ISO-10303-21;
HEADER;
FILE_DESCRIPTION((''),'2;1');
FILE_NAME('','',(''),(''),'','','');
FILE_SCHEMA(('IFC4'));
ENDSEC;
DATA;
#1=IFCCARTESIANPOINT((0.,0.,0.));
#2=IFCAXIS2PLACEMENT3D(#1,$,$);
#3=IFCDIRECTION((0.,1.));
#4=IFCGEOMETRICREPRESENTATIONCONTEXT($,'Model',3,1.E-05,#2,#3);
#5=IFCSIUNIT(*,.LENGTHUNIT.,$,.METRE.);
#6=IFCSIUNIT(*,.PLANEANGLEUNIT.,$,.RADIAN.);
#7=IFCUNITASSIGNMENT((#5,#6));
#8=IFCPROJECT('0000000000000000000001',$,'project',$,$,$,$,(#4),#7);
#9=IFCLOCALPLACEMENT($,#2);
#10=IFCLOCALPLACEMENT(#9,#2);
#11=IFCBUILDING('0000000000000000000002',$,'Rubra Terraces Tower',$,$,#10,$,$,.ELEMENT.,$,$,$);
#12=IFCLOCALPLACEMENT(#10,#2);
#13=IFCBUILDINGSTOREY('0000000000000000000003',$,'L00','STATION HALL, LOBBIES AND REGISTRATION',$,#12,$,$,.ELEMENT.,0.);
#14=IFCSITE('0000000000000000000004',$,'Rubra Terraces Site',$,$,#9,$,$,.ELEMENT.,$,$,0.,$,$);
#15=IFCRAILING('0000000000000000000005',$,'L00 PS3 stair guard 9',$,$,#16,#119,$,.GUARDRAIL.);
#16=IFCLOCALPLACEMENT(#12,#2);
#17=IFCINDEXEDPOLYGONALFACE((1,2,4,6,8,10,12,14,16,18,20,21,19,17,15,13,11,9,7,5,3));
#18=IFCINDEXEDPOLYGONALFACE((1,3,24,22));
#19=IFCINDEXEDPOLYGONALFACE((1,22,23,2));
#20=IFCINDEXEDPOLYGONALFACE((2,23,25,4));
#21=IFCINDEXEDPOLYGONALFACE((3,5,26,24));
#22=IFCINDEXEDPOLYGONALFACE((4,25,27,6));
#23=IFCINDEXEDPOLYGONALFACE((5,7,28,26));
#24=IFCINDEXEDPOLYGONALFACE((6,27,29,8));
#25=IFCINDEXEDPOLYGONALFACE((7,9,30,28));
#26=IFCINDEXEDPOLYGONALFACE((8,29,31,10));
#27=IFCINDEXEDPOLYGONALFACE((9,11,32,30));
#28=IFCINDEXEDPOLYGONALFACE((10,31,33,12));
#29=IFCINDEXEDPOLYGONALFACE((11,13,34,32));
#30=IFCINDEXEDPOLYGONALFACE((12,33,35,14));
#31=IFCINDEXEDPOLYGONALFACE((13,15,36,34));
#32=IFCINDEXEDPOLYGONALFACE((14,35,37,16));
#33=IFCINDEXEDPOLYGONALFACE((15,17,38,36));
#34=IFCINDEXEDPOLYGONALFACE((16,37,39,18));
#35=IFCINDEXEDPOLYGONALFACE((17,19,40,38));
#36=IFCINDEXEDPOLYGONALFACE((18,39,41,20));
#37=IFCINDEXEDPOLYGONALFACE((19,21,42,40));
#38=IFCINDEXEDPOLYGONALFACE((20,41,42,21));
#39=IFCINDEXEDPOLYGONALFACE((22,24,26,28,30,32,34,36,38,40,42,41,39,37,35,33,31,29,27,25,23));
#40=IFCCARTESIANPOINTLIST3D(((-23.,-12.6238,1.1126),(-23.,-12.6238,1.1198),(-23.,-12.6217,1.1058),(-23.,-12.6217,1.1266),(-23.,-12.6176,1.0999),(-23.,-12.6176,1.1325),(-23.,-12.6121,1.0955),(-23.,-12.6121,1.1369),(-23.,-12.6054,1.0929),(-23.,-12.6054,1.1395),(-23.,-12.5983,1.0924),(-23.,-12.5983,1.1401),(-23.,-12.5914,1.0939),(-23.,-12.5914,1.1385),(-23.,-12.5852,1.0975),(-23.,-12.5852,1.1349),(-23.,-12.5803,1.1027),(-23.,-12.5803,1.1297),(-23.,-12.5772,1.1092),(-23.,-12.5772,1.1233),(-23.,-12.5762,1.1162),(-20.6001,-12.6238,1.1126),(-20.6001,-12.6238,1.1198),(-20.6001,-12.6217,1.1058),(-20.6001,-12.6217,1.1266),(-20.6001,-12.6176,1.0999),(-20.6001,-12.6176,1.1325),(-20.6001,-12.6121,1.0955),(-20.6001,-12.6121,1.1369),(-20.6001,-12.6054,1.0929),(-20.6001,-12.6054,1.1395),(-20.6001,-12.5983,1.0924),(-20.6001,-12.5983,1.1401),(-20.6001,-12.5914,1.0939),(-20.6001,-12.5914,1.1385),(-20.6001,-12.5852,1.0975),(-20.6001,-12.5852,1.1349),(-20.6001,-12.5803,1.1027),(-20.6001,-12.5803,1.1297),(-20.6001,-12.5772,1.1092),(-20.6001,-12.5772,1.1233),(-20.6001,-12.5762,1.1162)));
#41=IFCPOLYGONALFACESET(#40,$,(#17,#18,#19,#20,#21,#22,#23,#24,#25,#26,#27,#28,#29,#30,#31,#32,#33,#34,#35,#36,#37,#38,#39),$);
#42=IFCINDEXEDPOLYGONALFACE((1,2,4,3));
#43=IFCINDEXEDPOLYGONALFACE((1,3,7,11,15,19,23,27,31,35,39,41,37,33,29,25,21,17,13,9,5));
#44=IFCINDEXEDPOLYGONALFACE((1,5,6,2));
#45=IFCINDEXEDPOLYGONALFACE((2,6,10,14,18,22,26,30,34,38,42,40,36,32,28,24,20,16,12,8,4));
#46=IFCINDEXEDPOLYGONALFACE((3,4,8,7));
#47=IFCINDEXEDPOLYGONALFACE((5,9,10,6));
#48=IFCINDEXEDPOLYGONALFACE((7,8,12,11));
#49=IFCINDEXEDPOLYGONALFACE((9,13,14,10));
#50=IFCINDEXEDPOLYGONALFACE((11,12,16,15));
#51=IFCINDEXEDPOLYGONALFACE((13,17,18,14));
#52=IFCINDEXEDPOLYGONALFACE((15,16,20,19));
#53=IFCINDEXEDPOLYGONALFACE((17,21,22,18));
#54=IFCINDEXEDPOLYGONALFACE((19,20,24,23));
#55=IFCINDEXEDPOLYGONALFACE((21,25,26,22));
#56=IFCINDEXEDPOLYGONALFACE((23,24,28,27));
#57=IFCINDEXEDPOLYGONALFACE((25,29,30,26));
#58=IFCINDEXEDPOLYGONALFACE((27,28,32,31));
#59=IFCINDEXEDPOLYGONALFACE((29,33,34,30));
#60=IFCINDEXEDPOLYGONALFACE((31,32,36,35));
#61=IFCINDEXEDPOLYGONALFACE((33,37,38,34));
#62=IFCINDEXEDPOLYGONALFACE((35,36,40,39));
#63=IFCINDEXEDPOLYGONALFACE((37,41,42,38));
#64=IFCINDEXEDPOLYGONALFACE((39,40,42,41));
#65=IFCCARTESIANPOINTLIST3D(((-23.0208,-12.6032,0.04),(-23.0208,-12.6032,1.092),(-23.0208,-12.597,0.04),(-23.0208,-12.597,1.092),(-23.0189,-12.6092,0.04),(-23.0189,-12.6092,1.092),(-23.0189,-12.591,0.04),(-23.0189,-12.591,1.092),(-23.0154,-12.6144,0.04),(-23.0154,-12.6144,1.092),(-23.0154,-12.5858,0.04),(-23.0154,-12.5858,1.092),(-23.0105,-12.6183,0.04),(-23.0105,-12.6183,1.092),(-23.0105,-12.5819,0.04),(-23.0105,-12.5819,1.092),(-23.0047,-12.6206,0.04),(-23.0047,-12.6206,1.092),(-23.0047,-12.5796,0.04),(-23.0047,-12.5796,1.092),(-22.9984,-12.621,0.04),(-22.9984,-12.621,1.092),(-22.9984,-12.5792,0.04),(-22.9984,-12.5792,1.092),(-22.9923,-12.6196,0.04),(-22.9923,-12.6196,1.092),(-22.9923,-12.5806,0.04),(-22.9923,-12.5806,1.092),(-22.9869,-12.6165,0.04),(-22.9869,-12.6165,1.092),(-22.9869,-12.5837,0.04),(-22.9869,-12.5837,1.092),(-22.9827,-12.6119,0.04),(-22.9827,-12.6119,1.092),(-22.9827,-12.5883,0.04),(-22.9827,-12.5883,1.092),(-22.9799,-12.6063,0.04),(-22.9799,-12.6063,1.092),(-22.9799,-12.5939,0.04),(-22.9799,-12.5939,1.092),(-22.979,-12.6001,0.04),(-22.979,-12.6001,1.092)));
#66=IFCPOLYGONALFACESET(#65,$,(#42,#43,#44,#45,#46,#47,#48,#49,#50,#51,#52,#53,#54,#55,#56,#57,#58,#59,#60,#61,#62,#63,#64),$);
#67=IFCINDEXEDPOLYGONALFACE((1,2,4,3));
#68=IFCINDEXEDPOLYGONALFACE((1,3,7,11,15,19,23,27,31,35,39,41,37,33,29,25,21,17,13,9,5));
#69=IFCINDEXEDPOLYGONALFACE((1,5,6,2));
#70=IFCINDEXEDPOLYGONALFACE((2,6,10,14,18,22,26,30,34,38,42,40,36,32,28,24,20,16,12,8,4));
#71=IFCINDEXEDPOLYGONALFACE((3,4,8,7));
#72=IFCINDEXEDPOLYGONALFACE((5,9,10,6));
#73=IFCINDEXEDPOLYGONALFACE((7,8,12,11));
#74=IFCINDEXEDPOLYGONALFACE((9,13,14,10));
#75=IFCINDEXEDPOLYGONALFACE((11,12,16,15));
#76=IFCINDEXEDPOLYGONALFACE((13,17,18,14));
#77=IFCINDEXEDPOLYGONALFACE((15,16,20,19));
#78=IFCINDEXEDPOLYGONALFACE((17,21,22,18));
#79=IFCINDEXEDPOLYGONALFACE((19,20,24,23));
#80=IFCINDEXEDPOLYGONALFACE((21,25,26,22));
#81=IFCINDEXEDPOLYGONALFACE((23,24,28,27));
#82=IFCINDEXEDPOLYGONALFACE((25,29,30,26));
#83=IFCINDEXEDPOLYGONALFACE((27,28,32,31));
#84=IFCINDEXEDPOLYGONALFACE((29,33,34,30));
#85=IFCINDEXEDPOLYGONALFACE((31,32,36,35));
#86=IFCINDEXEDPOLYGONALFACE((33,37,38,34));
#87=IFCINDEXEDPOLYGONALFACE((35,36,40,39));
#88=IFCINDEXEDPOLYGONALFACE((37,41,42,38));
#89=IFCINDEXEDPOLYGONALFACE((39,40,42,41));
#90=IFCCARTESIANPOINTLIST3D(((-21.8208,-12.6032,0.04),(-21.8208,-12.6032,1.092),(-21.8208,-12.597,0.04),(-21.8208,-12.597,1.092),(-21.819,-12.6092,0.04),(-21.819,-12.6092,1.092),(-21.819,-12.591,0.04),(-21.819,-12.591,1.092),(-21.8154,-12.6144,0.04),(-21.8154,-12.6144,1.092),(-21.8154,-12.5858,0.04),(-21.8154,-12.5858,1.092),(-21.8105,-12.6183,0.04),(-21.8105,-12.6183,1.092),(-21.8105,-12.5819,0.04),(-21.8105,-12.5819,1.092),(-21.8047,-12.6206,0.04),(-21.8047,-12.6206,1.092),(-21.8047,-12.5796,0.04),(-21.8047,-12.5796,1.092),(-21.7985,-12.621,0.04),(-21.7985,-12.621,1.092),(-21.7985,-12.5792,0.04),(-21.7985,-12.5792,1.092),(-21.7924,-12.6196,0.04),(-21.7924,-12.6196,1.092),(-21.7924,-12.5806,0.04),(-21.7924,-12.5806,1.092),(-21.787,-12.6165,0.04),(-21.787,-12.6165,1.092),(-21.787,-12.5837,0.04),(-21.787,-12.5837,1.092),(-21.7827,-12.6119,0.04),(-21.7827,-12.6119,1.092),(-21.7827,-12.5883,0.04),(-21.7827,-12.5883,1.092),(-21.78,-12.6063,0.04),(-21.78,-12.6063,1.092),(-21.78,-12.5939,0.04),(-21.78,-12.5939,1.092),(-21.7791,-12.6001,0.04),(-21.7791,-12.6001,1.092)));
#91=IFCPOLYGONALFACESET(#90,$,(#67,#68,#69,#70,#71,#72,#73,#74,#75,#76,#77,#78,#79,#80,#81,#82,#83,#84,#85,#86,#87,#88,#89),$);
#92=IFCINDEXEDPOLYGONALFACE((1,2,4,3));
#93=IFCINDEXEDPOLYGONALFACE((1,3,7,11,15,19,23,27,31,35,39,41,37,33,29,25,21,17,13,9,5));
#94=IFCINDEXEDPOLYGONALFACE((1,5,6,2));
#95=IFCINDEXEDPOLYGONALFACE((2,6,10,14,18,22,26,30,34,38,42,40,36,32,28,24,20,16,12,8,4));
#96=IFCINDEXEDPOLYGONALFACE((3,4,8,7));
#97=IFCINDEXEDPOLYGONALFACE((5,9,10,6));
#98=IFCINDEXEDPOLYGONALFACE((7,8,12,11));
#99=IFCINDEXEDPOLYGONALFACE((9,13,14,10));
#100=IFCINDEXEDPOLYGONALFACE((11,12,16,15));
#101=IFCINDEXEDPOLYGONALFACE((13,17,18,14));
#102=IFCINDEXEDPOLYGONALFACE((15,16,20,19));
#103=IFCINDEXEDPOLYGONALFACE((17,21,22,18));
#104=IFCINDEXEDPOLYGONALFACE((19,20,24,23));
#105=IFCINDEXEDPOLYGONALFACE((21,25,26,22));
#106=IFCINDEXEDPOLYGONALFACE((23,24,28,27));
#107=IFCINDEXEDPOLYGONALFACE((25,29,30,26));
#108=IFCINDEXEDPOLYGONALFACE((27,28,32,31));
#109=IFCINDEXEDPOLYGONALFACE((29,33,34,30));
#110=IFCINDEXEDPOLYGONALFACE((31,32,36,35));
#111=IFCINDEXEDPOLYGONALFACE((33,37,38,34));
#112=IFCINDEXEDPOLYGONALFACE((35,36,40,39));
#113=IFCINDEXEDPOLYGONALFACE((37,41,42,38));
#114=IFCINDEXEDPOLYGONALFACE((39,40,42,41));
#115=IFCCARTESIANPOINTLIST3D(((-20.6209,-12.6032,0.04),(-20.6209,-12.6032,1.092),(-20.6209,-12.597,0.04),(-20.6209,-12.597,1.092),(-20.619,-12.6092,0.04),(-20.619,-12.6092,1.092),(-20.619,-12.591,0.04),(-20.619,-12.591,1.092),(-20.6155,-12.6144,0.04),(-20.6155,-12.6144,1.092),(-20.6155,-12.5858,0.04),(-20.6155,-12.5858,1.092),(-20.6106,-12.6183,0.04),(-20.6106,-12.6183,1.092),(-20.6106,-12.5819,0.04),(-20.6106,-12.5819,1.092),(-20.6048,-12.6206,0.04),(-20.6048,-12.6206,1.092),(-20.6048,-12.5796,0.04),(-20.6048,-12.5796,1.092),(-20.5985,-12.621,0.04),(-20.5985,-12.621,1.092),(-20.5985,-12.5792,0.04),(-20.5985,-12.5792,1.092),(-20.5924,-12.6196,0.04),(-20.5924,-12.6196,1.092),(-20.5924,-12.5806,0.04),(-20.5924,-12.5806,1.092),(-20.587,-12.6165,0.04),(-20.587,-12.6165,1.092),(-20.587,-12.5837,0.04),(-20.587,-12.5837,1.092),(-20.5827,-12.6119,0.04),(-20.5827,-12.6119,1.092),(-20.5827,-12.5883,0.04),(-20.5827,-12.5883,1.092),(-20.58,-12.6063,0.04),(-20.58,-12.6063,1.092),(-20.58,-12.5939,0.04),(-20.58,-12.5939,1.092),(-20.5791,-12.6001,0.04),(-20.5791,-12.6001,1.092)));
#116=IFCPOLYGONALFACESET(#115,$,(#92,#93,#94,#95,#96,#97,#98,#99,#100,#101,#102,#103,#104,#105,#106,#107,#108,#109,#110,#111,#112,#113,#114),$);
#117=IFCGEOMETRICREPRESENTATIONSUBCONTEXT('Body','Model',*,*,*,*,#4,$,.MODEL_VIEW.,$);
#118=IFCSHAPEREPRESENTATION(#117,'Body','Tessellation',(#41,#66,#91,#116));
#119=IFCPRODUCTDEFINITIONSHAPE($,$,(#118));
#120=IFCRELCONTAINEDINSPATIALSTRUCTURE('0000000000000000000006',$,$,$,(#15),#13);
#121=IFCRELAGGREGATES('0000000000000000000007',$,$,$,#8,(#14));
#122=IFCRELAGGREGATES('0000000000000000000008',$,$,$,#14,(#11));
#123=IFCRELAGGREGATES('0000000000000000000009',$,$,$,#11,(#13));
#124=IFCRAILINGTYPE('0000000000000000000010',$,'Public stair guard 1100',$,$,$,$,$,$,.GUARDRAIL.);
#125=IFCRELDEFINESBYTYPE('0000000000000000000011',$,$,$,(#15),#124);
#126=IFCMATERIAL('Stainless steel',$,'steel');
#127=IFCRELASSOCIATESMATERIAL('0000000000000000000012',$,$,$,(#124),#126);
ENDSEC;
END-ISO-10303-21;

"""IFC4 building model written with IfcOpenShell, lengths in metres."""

from ifc_helpers import new_model, si_unit, direction, frame, origin, origin_2d, place, context, subcontext, project, spatial, circle, extrude, material, type_object, element, save


model = new_model("IFC4")

# Units and contexts
model_context = context("Model", 3, precision=1e-05, world=origin(), true_north=direction((0.0, 1.0)))
body_context = subcontext(model_context, "Body", "Model", "MODEL_VIEW")
ifc_project = project(units=[si_unit("LENGTHUNIT", "METRE"), si_unit("PLANEANGLEUNIT", "RADIAN")], contexts=[model_context])

# Site, building, storey
site_placement = place(None, origin())
site = spatial("IfcSite", under=ifc_project, at=site_placement, Name="Rubra Terraces Site", CompositionType="ELEMENT", RefElevation=0.0)
building_placement = place(site_placement, origin())
building = spatial("IfcBuilding", under=site, at=building_placement, Name="Rubra Terraces Tower", CompositionType="ELEMENT")
storey_placement = place(building_placement, origin())
storey = spatial("IfcBuildingStorey", under=building, at=storey_placement, Name="L00", Description="STATION HALL, LOBBIES AND REGISTRATION", CompositionType="ELEMENT", Elevation=0.0)

# Railing
ifc_material_1 = material(Name="Stainless steel", Category="steel")
railing_type_1 = type_object("IfcRailingType", Name="Public stair guard 1100", PredefinedType="GUARDRAIL", material=ifc_material_1)
for number, where, name in (
    (1, (-23.0, -12.6001, 0.04), "L00 PS3 stair guard 9"),
):
    element("IfcRailing", number, at=place(storey_placement, frame(where)), inside=storey, type_object=railing_type_1, Name=name, PredefinedType="GUARDRAIL", context=body_context, shape_type="SweptSolid", body=[
        extrude(circle(Radius=0.0239, at=origin_2d()), frame((0.0, 0.0, 1.0762), z_axis=(1.0, 0.0, 0.0), x_axis=(0.0, 1.0, 0.0)), (0.0, 0.0, 1.0), 2.3999),
        extrude(circle(Radius=0.021, at=origin_2d()), origin(), (0.0, 0.0, 1.0), 1.052),
        extrude(circle(Radius=0.021, at=origin_2d()), frame((1.2, 0.0, 0.0)), (0.0, 0.0, 1.0), 1.052),
        extrude(circle(Radius=0.021, at=origin_2d()), frame((2.3999, 0.0, 0.0)), (0.0, 0.0, 1.0), 1.052),
    ])

save(model, "model.ifc")
